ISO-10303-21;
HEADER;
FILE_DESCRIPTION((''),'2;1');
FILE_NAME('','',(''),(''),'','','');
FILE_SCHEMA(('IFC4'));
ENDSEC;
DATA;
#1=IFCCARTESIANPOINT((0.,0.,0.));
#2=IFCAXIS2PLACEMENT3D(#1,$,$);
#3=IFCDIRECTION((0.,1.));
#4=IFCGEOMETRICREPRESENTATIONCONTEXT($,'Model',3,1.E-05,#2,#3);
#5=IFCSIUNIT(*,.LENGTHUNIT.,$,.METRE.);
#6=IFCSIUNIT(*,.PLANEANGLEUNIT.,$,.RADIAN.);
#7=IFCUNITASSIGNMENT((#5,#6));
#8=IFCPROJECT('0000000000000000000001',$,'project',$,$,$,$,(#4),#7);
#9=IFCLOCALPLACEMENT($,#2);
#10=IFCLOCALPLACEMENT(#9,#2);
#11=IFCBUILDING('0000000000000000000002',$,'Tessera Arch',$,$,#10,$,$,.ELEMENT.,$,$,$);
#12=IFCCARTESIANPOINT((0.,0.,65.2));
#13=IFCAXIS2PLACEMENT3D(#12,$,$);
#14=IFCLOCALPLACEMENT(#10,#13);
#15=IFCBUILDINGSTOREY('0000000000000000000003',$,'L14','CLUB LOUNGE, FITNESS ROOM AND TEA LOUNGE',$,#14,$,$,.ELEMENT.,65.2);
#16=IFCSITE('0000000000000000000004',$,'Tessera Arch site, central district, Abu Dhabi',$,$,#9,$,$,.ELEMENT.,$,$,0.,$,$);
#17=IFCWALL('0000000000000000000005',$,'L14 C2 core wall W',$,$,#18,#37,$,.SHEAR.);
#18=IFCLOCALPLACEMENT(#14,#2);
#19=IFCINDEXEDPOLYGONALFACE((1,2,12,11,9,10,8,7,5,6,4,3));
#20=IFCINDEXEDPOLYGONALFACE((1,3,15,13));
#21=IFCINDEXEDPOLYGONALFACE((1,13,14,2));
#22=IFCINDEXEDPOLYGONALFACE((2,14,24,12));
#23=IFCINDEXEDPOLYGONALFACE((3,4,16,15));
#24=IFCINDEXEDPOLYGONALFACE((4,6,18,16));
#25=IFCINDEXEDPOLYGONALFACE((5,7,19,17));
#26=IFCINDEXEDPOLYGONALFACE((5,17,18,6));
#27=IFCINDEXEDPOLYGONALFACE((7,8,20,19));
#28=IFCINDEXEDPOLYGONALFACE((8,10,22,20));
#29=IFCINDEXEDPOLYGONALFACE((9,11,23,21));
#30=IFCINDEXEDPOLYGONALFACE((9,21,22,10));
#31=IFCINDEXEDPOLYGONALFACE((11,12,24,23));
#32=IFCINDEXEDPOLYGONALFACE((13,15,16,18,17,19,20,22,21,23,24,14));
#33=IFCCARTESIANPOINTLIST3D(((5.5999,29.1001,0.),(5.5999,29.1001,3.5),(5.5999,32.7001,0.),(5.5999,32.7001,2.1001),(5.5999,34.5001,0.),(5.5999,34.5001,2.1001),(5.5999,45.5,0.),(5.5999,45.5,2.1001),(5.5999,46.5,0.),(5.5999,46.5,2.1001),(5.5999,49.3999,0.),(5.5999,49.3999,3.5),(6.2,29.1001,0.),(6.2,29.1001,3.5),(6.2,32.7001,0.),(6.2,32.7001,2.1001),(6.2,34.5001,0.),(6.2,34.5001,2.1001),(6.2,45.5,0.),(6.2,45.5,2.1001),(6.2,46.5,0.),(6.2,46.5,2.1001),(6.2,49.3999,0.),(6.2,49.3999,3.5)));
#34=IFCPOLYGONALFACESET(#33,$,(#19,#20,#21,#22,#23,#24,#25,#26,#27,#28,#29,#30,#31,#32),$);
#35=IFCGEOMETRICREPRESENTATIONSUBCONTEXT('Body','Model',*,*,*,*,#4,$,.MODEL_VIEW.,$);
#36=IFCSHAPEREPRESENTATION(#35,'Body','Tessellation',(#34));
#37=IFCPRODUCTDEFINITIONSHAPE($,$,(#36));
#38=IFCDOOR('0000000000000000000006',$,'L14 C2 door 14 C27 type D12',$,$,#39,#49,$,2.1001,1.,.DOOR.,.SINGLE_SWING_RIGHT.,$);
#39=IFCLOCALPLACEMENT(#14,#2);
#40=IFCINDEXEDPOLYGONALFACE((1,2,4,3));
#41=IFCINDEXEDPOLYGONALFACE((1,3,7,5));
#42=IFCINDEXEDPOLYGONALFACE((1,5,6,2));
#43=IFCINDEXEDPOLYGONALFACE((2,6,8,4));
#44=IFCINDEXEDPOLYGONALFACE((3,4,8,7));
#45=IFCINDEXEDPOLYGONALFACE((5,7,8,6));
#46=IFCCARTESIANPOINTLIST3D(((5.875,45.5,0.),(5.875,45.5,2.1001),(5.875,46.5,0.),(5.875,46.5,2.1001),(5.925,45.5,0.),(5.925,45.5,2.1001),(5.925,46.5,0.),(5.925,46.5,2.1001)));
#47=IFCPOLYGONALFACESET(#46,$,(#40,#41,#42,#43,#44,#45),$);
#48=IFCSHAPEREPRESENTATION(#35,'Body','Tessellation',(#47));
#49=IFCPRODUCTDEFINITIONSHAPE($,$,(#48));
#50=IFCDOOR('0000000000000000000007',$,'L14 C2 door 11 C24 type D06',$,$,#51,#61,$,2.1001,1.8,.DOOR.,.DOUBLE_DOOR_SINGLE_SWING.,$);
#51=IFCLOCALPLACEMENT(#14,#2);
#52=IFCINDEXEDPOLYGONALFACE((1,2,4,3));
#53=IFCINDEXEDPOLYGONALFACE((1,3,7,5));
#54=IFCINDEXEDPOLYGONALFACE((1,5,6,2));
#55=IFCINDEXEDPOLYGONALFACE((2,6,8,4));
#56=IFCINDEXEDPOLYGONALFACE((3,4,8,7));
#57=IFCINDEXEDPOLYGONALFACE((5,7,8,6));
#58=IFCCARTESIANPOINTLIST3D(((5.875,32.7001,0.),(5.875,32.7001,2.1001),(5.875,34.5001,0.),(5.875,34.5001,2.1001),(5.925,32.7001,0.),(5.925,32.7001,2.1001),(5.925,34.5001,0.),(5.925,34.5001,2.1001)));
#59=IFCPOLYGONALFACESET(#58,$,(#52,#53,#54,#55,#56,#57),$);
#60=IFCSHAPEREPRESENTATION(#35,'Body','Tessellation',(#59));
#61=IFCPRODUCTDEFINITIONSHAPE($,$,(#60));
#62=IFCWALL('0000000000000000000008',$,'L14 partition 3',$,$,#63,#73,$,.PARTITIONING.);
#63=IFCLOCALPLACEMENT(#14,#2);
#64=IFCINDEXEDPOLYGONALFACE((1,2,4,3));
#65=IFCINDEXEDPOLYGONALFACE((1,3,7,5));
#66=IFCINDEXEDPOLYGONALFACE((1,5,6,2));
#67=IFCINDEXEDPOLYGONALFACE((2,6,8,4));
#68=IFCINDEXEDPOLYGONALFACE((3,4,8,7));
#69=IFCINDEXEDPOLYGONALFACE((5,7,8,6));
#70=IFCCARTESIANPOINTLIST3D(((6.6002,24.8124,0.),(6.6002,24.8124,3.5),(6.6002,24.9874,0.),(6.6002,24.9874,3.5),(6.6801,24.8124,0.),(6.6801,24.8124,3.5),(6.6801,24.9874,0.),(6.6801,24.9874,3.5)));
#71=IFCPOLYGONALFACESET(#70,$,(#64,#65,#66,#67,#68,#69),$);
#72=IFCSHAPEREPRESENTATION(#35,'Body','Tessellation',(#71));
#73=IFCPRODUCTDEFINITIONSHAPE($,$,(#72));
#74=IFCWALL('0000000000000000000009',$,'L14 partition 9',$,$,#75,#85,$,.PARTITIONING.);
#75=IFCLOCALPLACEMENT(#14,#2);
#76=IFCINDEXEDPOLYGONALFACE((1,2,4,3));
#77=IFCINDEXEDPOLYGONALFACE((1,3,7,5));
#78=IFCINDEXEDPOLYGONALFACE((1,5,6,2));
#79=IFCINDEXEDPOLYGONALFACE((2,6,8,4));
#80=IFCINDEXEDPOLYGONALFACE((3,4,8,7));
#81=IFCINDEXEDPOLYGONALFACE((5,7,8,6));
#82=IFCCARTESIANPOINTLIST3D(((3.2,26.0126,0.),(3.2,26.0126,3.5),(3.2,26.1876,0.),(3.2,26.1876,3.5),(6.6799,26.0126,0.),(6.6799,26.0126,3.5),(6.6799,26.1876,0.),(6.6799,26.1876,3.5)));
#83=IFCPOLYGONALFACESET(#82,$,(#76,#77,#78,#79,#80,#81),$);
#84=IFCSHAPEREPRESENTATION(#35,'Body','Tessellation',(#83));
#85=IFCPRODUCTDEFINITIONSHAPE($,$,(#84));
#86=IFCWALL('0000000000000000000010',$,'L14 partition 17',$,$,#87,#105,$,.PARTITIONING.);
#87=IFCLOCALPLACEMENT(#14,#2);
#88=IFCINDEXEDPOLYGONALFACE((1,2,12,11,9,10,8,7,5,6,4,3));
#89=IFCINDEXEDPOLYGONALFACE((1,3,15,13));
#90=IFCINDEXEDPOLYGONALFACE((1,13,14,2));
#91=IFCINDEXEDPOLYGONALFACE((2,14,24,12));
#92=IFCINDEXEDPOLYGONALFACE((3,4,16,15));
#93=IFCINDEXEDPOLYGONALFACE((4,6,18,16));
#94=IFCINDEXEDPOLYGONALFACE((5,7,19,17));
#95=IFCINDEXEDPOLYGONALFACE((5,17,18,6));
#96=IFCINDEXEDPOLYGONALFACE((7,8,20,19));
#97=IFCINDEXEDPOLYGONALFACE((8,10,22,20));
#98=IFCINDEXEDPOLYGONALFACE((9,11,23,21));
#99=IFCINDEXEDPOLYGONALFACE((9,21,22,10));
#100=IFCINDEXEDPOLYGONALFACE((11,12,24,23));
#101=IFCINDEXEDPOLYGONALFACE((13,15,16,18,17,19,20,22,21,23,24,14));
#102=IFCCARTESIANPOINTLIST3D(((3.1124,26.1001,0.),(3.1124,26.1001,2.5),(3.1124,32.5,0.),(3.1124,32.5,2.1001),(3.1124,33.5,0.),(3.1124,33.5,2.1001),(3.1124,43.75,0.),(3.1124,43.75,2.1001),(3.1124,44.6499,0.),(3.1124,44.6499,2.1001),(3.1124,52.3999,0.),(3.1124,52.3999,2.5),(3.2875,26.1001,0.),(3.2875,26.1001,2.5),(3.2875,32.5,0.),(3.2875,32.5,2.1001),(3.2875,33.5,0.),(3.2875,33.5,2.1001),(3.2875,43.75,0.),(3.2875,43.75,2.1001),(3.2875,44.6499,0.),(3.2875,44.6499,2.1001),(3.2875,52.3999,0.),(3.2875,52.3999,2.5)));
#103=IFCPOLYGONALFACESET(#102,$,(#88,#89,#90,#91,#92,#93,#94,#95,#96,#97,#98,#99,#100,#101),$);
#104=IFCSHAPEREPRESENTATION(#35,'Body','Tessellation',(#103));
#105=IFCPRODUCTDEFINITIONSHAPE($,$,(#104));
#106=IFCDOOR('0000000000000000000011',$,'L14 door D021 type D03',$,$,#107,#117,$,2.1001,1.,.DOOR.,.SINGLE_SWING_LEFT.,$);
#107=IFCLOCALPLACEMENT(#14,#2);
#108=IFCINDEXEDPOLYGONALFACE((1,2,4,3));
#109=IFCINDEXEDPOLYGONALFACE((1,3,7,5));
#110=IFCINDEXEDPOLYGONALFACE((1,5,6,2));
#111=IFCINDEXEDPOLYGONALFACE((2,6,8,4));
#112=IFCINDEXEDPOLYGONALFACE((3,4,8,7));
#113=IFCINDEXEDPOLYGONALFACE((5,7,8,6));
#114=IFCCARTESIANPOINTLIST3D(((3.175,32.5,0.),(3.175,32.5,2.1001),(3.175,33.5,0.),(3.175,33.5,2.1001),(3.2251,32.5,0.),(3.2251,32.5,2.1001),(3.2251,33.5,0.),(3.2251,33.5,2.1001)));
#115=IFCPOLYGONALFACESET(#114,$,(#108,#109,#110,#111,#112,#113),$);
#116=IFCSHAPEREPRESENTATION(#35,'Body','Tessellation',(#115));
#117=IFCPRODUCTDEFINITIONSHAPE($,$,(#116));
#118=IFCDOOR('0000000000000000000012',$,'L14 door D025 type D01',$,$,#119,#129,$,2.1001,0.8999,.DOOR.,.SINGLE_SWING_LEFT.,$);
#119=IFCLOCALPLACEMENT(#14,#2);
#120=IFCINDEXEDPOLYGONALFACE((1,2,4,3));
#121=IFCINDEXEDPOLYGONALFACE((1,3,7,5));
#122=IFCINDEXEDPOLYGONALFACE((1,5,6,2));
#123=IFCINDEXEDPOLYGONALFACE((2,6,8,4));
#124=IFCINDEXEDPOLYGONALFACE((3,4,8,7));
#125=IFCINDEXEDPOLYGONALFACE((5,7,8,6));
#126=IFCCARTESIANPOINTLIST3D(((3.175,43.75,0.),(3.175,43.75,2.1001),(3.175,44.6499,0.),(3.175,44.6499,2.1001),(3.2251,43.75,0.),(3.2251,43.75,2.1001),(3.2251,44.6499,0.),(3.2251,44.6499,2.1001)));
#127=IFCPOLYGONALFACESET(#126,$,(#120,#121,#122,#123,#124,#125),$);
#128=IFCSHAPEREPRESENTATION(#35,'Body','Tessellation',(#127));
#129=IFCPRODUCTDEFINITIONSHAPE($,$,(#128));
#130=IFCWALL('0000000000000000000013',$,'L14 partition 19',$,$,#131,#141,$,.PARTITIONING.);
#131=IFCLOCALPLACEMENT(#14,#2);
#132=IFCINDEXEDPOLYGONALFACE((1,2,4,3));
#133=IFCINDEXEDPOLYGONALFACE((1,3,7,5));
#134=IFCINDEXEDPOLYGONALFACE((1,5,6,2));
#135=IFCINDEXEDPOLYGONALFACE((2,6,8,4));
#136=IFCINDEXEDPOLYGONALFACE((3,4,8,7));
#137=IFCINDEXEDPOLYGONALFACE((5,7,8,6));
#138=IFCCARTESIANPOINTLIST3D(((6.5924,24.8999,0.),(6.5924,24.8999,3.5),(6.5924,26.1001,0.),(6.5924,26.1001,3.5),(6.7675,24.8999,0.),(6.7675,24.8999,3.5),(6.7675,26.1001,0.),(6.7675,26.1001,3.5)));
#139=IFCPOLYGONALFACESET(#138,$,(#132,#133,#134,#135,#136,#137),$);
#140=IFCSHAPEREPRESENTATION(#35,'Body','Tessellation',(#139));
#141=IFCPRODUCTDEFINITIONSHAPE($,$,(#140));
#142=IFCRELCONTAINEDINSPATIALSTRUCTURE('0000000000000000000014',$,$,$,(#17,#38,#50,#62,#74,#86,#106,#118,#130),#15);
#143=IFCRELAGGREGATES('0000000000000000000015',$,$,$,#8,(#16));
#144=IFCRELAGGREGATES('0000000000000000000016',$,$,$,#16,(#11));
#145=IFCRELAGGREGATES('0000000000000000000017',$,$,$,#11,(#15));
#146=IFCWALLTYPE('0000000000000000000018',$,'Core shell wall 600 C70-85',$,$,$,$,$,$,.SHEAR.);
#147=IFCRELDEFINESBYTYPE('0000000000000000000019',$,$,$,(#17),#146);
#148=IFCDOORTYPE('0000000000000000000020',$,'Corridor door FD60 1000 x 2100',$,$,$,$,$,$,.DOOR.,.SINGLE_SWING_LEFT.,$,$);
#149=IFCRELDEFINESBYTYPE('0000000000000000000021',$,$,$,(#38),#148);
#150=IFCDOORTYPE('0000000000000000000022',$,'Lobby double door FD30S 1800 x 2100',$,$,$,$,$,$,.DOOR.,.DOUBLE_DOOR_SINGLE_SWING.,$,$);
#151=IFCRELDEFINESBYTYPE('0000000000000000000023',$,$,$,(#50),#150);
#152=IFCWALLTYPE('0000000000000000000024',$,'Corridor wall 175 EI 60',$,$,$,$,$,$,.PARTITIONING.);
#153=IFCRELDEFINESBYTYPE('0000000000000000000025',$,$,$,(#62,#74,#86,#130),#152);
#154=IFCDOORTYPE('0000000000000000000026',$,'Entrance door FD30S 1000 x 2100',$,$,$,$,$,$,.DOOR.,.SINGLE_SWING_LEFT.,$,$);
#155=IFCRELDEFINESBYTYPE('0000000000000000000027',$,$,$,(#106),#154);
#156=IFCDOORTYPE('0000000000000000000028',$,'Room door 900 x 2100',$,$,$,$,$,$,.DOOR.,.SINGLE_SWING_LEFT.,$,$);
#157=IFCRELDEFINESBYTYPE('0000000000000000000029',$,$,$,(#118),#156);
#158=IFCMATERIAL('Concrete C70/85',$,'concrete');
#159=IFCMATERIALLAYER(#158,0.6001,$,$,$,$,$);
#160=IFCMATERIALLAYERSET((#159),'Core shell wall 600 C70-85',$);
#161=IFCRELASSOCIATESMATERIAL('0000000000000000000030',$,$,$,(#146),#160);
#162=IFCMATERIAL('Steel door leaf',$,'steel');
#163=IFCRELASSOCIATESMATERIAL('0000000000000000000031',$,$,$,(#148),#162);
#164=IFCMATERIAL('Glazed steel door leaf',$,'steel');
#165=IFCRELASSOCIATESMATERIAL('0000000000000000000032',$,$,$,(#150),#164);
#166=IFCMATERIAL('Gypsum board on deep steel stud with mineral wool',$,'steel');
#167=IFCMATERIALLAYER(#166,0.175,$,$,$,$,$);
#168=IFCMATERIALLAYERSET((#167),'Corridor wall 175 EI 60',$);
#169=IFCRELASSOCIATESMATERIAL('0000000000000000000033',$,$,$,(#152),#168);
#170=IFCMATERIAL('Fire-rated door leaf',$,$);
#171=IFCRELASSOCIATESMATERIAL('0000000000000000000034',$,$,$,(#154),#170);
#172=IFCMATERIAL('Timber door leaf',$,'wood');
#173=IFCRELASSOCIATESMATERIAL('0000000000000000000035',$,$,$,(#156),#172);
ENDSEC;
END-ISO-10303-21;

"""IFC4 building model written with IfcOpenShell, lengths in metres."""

from ifc_helpers import new_model, si_unit, direction, frame, frame_2d, origin, place, context, subcontext, project, spatial, rectangle, extrude, material, layer, layer_set, type_object, element, fill, save


model = new_model("IFC4")

# Units and contexts
model_context = context("Model", 3, precision=1e-05, world=origin(), true_north=direction((0.0, 1.0)))
body_context = subcontext(model_context, "Body", "Model", "MODEL_VIEW")
ifc_project = project(units=[si_unit("LENGTHUNIT", "METRE"), si_unit("PLANEANGLEUNIT", "RADIAN")], contexts=[model_context])

# Site, building, storey
site_placement = place(None, origin())
site = spatial("IfcSite", under=ifc_project, at=site_placement, Name="Tessera Arch site, central district, Abu Dhabi", CompositionType="ELEMENT", RefElevation=0.0)
building_placement = place(site_placement, origin())
building = spatial("IfcBuilding", under=site, at=building_placement, Name="Tessera Arch", CompositionType="ELEMENT")
storey_placement = place(building_placement, frame((0.0, 0.0, 65.2)))
storey = spatial("IfcBuildingStorey", under=building, at=storey_placement, Name="L14", Description="CLUB LOUNGE, FITNESS ROOM AND TEA LOUNGE", CompositionType="ELEMENT", Elevation=65.2)

# Wall, openings, doors
ifc_material_1 = material(Name="Concrete C70/85", Category="concrete")
ifc_layer_1 = layer(ifc_material_1, 0.6001)
ifc_layer_set_1 = layer_set([ifc_layer_1], Name="Core shell wall 600 C70-85")
wall_type_1 = type_object("IfcWallType", Name="Core shell wall 600 C70-85", PredefinedType="SHEAR", material=ifc_layer_set_1)
wall_1_placement = place(storey_placement, frame((5.8999, 29.1001, 0.0), z_axis=(0.0, 0.0, 1.0), x_axis=(0.0, 1.0, 0.0)))
wall_1 = element("IfcWall", 1, at=wall_1_placement, inside=storey, type_object=wall_type_1, Name="L14 C2 core wall W", PredefinedType="SHEAR", context=body_context, shape_type="SweptSolid", body=[
    extrude(rectangle(XDim=20.2998, YDim=0.6001, at=frame_2d((10.1499, 0.0))), origin(), (0.0, 0.0, 1.0), 3.5),
])
opening_1_placement = place(wall_1_placement, frame((3.6001, 0.0, 0.0)))
opening_1 = element("IfcOpeningElement", 2, at=opening_1_placement, cuts=wall_1, PredefinedType="OPENING", context=body_context, shape_type="SweptSolid", body=[
    extrude(rectangle(XDim=1.8, YDim=2.1001, at=frame_2d((0.8999, 1.05))), frame((0.0, 0.3101, 0.0), z_axis=(0.0, -1.0, 0.0), x_axis=(1.0, 0.0, 0.0)), (0.0, 0.0, 1.0), 0.6201),
])
opening_2_placement = place(wall_1_placement, frame((16.3999, 0.0, 0.0)))
opening_2 = element("IfcOpeningElement", 3, at=opening_2_placement, cuts=wall_1, PredefinedType="OPENING", context=body_context, shape_type="SweptSolid", body=[
    extrude(rectangle(XDim=1.0, YDim=2.1001, at=frame_2d((0.5, 1.05))), frame((0.0, 0.3101, 0.0), z_axis=(0.0, -1.0, 0.0), x_axis=(1.0, 0.0, 0.0)), (0.0, 0.0, 1.0), 0.6201),
])
ifc_material_2 = material(Name="Steel door leaf", Category="steel")
door_type_1 = type_object("IfcDoorType", Name="Corridor door FD60 1000 x 2100", OperationType="SINGLE_SWING_LEFT", PredefinedType="DOOR", material=ifc_material_2)
door_1_placement = place(opening_2_placement, origin())
door_1 = element("IfcDoor", 4, at=door_1_placement, inside=storey, type_object=door_type_1, Name="L14 C2 door 14 C27 type D12", OperationType="SINGLE_SWING_RIGHT", OverallHeight=2.1001, OverallWidth=1.0, PredefinedType="DOOR", context=body_context, shape_type="SweptSolid", body=[
    extrude(rectangle(XDim=1.0, YDim=2.1001, at=frame_2d((0.5, 1.05))), frame((0.0, 0.0249, 0.0), z_axis=(0.0, -1.0, 0.0), x_axis=(1.0, 0.0, 0.0)), (0.0, 0.0, 1.0), 0.05),
])
fill(opening_2, door_1)
ifc_material_3 = material(Name="Glazed steel door leaf", Category="steel")
door_type_2 = type_object("IfcDoorType", Name="Lobby double door FD30S 1800 x 2100", OperationType="DOUBLE_DOOR_SINGLE_SWING", PredefinedType="DOOR", material=ifc_material_3)
door_2_placement = place(opening_1_placement, origin())
door_2 = element("IfcDoor", 5, at=door_2_placement, inside=storey, type_object=door_type_2, Name="L14 C2 door 11 C24 type D06", OperationType="DOUBLE_DOOR_SINGLE_SWING", OverallHeight=2.1001, OverallWidth=1.8, PredefinedType="DOOR", context=body_context, shape_type="SweptSolid", body=[
    extrude(rectangle(XDim=1.8, YDim=2.1001, at=frame_2d((0.8999, 1.05))), frame((0.0, 0.0249, 0.0), z_axis=(0.0, -1.0, 0.0), x_axis=(1.0, 0.0, 0.0)), (0.0, 0.0, 1.0), 0.05),
])
fill(opening_1, door_2)

# Walls
ifc_material_4 = material(Name="Gypsum board on deep steel stud with mineral wool", Category="steel")
ifc_layer_2 = layer(ifc_material_4, 0.175)
ifc_layer_set_2 = layer_set([ifc_layer_2], Name="Corridor wall 175 EI 60")
wall_type_2 = type_object("IfcWallType", Name="Corridor wall 175 EI 60", PredefinedType="PARTITIONING", material=ifc_layer_set_2)
wall_2_placement = place(storey_placement, frame((6.6001, 24.8999, 0.0), z_axis=(0.0, 0.0, 1.0), x_axis=(1.0, 0.0, 0.0)))
element("IfcWall", 6, at=wall_2_placement, inside=storey, type_object=wall_type_2, Name="L14 partition 3", PredefinedType="PARTITIONING", context=body_context, shape_type="SweptSolid", body=[
    extrude(rectangle(XDim=0.0798, YDim=0.175, at=frame_2d((0.04, 0.0))), origin(), (0.0, 0.0, 1.0), 3.5),
])
wall_3_placement = place(storey_placement, frame((3.2, 26.1001, 0.0), z_axis=(0.0, 0.0, 1.0), x_axis=(1.0, 0.0, 0.0)))
element("IfcWall", 7, at=wall_3_placement, inside=storey, type_object=wall_type_2, Name="L14 partition 9", PredefinedType="PARTITIONING", context=body_context, shape_type="SweptSolid", body=[
    extrude(rectangle(XDim=3.48, YDim=0.175, at=frame_2d((1.74, 0.0))), origin(), (0.0, 0.0, 1.0), 3.5),
])

# Wall, openings, doors
wall_4_placement = place(storey_placement, frame((3.2, 26.1001, 0.0), z_axis=(0.0, 0.0, 1.0), x_axis=(0.0, 1.0, 0.0)))
wall_4 = element("IfcWall", 8, at=wall_4_placement, inside=storey, type_object=wall_type_2, Name="L14 partition 17", PredefinedType="PARTITIONING", context=body_context, shape_type="SweptSolid", body=[
    extrude(rectangle(XDim=26.2998, YDim=0.175, at=frame_2d((13.1499, 0.0))), origin(), (0.0, 0.0, 1.0), 2.5),
])
opening_3_placement = place(wall_4_placement, frame((6.3999, 0.0, 0.0)))
opening_3 = element("IfcOpeningElement", 9, at=opening_3_placement, cuts=wall_4, PredefinedType="OPENING", context=body_context, shape_type="SweptSolid", body=[
    extrude(rectangle(XDim=1.0, YDim=2.1001, at=frame_2d((0.5, 1.05))), frame((0.0, 0.0974, 0.0), z_axis=(0.0, -1.0, 0.0), x_axis=(1.0, 0.0, 0.0)), (0.0, 0.0, 1.0), 0.1951),
])
opening_4_placement = place(wall_4_placement, frame((17.6499, 0.0, 0.0)))
opening_4 = element("IfcOpeningElement", 10, at=opening_4_placement, cuts=wall_4, PredefinedType="OPENING", context=body_context, shape_type="SweptSolid", body=[
    extrude(rectangle(XDim=0.8999, YDim=2.1001, at=frame_2d((0.45, 1.05))), frame((0.0, 0.0974, 0.0), z_axis=(0.0, -1.0, 0.0), x_axis=(1.0, 0.0, 0.0)), (0.0, 0.0, 1.0), 0.1951),
])
ifc_material_5 = material(Name="Fire-rated door leaf")
door_type_3 = type_object("IfcDoorType", Name="Entrance door FD30S 1000 x 2100", OperationType="SINGLE_SWING_LEFT", PredefinedType="DOOR", material=ifc_material_5)
door_3_placement = place(opening_3_placement, origin())
door_3 = element("IfcDoor", 11, at=door_3_placement, inside=storey, type_object=door_type_3, Name="L14 door D021 type D03", OperationType="SINGLE_SWING_LEFT", OverallHeight=2.1001, OverallWidth=1.0, PredefinedType="DOOR", context=body_context, shape_type="SweptSolid", body=[
    extrude(rectangle(XDim=1.0, YDim=2.1001, at=frame_2d((0.5, 1.05))), frame((0.0, 0.0249, 0.0), z_axis=(0.0, -1.0, 0.0), x_axis=(1.0, 0.0, 0.0)), (0.0, 0.0, 1.0), 0.05),
])
fill(opening_3, door_3)
ifc_material_6 = material(Name="Timber door leaf", Category="wood")
door_type_4 = type_object("IfcDoorType", Name="Room door 900 x 2100", OperationType="SINGLE_SWING_LEFT", PredefinedType="DOOR", material=ifc_material_6)
door_4_placement = place(opening_4_placement, origin())
door_4 = element("IfcDoor", 12, at=door_4_placement, inside=storey, type_object=door_type_4, Name="L14 door D025 type D01", OperationType="SINGLE_SWING_LEFT", OverallHeight=2.1001, OverallWidth=0.8999, PredefinedType="DOOR", context=body_context, shape_type="SweptSolid", body=[
    extrude(rectangle(XDim=0.8999, YDim=2.1001, at=frame_2d((0.45, 1.05))), frame((0.0, 0.0249, 0.0), z_axis=(0.0, -1.0, 0.0), x_axis=(1.0, 0.0, 0.0)), (0.0, 0.0, 1.0), 0.05),
])
fill(opening_4, door_4)

# Wall
wall_5_placement = place(storey_placement, frame((6.6799, 24.8999, 0.0), z_axis=(0.0, 0.0, 1.0), x_axis=(0.0, 1.0, 0.0)))
element("IfcWall", 13, at=wall_5_placement, inside=storey, type_object=wall_type_2, Name="L14 partition 19", PredefinedType="PARTITIONING", context=body_context, shape_type="SweptSolid", body=[
    extrude(rectangle(XDim=1.2002, YDim=0.175, at=frame_2d((0.6001, 0.0))), origin(), (0.0, 0.0, 1.0), 3.5),
])

save(model, "model.ifc")
